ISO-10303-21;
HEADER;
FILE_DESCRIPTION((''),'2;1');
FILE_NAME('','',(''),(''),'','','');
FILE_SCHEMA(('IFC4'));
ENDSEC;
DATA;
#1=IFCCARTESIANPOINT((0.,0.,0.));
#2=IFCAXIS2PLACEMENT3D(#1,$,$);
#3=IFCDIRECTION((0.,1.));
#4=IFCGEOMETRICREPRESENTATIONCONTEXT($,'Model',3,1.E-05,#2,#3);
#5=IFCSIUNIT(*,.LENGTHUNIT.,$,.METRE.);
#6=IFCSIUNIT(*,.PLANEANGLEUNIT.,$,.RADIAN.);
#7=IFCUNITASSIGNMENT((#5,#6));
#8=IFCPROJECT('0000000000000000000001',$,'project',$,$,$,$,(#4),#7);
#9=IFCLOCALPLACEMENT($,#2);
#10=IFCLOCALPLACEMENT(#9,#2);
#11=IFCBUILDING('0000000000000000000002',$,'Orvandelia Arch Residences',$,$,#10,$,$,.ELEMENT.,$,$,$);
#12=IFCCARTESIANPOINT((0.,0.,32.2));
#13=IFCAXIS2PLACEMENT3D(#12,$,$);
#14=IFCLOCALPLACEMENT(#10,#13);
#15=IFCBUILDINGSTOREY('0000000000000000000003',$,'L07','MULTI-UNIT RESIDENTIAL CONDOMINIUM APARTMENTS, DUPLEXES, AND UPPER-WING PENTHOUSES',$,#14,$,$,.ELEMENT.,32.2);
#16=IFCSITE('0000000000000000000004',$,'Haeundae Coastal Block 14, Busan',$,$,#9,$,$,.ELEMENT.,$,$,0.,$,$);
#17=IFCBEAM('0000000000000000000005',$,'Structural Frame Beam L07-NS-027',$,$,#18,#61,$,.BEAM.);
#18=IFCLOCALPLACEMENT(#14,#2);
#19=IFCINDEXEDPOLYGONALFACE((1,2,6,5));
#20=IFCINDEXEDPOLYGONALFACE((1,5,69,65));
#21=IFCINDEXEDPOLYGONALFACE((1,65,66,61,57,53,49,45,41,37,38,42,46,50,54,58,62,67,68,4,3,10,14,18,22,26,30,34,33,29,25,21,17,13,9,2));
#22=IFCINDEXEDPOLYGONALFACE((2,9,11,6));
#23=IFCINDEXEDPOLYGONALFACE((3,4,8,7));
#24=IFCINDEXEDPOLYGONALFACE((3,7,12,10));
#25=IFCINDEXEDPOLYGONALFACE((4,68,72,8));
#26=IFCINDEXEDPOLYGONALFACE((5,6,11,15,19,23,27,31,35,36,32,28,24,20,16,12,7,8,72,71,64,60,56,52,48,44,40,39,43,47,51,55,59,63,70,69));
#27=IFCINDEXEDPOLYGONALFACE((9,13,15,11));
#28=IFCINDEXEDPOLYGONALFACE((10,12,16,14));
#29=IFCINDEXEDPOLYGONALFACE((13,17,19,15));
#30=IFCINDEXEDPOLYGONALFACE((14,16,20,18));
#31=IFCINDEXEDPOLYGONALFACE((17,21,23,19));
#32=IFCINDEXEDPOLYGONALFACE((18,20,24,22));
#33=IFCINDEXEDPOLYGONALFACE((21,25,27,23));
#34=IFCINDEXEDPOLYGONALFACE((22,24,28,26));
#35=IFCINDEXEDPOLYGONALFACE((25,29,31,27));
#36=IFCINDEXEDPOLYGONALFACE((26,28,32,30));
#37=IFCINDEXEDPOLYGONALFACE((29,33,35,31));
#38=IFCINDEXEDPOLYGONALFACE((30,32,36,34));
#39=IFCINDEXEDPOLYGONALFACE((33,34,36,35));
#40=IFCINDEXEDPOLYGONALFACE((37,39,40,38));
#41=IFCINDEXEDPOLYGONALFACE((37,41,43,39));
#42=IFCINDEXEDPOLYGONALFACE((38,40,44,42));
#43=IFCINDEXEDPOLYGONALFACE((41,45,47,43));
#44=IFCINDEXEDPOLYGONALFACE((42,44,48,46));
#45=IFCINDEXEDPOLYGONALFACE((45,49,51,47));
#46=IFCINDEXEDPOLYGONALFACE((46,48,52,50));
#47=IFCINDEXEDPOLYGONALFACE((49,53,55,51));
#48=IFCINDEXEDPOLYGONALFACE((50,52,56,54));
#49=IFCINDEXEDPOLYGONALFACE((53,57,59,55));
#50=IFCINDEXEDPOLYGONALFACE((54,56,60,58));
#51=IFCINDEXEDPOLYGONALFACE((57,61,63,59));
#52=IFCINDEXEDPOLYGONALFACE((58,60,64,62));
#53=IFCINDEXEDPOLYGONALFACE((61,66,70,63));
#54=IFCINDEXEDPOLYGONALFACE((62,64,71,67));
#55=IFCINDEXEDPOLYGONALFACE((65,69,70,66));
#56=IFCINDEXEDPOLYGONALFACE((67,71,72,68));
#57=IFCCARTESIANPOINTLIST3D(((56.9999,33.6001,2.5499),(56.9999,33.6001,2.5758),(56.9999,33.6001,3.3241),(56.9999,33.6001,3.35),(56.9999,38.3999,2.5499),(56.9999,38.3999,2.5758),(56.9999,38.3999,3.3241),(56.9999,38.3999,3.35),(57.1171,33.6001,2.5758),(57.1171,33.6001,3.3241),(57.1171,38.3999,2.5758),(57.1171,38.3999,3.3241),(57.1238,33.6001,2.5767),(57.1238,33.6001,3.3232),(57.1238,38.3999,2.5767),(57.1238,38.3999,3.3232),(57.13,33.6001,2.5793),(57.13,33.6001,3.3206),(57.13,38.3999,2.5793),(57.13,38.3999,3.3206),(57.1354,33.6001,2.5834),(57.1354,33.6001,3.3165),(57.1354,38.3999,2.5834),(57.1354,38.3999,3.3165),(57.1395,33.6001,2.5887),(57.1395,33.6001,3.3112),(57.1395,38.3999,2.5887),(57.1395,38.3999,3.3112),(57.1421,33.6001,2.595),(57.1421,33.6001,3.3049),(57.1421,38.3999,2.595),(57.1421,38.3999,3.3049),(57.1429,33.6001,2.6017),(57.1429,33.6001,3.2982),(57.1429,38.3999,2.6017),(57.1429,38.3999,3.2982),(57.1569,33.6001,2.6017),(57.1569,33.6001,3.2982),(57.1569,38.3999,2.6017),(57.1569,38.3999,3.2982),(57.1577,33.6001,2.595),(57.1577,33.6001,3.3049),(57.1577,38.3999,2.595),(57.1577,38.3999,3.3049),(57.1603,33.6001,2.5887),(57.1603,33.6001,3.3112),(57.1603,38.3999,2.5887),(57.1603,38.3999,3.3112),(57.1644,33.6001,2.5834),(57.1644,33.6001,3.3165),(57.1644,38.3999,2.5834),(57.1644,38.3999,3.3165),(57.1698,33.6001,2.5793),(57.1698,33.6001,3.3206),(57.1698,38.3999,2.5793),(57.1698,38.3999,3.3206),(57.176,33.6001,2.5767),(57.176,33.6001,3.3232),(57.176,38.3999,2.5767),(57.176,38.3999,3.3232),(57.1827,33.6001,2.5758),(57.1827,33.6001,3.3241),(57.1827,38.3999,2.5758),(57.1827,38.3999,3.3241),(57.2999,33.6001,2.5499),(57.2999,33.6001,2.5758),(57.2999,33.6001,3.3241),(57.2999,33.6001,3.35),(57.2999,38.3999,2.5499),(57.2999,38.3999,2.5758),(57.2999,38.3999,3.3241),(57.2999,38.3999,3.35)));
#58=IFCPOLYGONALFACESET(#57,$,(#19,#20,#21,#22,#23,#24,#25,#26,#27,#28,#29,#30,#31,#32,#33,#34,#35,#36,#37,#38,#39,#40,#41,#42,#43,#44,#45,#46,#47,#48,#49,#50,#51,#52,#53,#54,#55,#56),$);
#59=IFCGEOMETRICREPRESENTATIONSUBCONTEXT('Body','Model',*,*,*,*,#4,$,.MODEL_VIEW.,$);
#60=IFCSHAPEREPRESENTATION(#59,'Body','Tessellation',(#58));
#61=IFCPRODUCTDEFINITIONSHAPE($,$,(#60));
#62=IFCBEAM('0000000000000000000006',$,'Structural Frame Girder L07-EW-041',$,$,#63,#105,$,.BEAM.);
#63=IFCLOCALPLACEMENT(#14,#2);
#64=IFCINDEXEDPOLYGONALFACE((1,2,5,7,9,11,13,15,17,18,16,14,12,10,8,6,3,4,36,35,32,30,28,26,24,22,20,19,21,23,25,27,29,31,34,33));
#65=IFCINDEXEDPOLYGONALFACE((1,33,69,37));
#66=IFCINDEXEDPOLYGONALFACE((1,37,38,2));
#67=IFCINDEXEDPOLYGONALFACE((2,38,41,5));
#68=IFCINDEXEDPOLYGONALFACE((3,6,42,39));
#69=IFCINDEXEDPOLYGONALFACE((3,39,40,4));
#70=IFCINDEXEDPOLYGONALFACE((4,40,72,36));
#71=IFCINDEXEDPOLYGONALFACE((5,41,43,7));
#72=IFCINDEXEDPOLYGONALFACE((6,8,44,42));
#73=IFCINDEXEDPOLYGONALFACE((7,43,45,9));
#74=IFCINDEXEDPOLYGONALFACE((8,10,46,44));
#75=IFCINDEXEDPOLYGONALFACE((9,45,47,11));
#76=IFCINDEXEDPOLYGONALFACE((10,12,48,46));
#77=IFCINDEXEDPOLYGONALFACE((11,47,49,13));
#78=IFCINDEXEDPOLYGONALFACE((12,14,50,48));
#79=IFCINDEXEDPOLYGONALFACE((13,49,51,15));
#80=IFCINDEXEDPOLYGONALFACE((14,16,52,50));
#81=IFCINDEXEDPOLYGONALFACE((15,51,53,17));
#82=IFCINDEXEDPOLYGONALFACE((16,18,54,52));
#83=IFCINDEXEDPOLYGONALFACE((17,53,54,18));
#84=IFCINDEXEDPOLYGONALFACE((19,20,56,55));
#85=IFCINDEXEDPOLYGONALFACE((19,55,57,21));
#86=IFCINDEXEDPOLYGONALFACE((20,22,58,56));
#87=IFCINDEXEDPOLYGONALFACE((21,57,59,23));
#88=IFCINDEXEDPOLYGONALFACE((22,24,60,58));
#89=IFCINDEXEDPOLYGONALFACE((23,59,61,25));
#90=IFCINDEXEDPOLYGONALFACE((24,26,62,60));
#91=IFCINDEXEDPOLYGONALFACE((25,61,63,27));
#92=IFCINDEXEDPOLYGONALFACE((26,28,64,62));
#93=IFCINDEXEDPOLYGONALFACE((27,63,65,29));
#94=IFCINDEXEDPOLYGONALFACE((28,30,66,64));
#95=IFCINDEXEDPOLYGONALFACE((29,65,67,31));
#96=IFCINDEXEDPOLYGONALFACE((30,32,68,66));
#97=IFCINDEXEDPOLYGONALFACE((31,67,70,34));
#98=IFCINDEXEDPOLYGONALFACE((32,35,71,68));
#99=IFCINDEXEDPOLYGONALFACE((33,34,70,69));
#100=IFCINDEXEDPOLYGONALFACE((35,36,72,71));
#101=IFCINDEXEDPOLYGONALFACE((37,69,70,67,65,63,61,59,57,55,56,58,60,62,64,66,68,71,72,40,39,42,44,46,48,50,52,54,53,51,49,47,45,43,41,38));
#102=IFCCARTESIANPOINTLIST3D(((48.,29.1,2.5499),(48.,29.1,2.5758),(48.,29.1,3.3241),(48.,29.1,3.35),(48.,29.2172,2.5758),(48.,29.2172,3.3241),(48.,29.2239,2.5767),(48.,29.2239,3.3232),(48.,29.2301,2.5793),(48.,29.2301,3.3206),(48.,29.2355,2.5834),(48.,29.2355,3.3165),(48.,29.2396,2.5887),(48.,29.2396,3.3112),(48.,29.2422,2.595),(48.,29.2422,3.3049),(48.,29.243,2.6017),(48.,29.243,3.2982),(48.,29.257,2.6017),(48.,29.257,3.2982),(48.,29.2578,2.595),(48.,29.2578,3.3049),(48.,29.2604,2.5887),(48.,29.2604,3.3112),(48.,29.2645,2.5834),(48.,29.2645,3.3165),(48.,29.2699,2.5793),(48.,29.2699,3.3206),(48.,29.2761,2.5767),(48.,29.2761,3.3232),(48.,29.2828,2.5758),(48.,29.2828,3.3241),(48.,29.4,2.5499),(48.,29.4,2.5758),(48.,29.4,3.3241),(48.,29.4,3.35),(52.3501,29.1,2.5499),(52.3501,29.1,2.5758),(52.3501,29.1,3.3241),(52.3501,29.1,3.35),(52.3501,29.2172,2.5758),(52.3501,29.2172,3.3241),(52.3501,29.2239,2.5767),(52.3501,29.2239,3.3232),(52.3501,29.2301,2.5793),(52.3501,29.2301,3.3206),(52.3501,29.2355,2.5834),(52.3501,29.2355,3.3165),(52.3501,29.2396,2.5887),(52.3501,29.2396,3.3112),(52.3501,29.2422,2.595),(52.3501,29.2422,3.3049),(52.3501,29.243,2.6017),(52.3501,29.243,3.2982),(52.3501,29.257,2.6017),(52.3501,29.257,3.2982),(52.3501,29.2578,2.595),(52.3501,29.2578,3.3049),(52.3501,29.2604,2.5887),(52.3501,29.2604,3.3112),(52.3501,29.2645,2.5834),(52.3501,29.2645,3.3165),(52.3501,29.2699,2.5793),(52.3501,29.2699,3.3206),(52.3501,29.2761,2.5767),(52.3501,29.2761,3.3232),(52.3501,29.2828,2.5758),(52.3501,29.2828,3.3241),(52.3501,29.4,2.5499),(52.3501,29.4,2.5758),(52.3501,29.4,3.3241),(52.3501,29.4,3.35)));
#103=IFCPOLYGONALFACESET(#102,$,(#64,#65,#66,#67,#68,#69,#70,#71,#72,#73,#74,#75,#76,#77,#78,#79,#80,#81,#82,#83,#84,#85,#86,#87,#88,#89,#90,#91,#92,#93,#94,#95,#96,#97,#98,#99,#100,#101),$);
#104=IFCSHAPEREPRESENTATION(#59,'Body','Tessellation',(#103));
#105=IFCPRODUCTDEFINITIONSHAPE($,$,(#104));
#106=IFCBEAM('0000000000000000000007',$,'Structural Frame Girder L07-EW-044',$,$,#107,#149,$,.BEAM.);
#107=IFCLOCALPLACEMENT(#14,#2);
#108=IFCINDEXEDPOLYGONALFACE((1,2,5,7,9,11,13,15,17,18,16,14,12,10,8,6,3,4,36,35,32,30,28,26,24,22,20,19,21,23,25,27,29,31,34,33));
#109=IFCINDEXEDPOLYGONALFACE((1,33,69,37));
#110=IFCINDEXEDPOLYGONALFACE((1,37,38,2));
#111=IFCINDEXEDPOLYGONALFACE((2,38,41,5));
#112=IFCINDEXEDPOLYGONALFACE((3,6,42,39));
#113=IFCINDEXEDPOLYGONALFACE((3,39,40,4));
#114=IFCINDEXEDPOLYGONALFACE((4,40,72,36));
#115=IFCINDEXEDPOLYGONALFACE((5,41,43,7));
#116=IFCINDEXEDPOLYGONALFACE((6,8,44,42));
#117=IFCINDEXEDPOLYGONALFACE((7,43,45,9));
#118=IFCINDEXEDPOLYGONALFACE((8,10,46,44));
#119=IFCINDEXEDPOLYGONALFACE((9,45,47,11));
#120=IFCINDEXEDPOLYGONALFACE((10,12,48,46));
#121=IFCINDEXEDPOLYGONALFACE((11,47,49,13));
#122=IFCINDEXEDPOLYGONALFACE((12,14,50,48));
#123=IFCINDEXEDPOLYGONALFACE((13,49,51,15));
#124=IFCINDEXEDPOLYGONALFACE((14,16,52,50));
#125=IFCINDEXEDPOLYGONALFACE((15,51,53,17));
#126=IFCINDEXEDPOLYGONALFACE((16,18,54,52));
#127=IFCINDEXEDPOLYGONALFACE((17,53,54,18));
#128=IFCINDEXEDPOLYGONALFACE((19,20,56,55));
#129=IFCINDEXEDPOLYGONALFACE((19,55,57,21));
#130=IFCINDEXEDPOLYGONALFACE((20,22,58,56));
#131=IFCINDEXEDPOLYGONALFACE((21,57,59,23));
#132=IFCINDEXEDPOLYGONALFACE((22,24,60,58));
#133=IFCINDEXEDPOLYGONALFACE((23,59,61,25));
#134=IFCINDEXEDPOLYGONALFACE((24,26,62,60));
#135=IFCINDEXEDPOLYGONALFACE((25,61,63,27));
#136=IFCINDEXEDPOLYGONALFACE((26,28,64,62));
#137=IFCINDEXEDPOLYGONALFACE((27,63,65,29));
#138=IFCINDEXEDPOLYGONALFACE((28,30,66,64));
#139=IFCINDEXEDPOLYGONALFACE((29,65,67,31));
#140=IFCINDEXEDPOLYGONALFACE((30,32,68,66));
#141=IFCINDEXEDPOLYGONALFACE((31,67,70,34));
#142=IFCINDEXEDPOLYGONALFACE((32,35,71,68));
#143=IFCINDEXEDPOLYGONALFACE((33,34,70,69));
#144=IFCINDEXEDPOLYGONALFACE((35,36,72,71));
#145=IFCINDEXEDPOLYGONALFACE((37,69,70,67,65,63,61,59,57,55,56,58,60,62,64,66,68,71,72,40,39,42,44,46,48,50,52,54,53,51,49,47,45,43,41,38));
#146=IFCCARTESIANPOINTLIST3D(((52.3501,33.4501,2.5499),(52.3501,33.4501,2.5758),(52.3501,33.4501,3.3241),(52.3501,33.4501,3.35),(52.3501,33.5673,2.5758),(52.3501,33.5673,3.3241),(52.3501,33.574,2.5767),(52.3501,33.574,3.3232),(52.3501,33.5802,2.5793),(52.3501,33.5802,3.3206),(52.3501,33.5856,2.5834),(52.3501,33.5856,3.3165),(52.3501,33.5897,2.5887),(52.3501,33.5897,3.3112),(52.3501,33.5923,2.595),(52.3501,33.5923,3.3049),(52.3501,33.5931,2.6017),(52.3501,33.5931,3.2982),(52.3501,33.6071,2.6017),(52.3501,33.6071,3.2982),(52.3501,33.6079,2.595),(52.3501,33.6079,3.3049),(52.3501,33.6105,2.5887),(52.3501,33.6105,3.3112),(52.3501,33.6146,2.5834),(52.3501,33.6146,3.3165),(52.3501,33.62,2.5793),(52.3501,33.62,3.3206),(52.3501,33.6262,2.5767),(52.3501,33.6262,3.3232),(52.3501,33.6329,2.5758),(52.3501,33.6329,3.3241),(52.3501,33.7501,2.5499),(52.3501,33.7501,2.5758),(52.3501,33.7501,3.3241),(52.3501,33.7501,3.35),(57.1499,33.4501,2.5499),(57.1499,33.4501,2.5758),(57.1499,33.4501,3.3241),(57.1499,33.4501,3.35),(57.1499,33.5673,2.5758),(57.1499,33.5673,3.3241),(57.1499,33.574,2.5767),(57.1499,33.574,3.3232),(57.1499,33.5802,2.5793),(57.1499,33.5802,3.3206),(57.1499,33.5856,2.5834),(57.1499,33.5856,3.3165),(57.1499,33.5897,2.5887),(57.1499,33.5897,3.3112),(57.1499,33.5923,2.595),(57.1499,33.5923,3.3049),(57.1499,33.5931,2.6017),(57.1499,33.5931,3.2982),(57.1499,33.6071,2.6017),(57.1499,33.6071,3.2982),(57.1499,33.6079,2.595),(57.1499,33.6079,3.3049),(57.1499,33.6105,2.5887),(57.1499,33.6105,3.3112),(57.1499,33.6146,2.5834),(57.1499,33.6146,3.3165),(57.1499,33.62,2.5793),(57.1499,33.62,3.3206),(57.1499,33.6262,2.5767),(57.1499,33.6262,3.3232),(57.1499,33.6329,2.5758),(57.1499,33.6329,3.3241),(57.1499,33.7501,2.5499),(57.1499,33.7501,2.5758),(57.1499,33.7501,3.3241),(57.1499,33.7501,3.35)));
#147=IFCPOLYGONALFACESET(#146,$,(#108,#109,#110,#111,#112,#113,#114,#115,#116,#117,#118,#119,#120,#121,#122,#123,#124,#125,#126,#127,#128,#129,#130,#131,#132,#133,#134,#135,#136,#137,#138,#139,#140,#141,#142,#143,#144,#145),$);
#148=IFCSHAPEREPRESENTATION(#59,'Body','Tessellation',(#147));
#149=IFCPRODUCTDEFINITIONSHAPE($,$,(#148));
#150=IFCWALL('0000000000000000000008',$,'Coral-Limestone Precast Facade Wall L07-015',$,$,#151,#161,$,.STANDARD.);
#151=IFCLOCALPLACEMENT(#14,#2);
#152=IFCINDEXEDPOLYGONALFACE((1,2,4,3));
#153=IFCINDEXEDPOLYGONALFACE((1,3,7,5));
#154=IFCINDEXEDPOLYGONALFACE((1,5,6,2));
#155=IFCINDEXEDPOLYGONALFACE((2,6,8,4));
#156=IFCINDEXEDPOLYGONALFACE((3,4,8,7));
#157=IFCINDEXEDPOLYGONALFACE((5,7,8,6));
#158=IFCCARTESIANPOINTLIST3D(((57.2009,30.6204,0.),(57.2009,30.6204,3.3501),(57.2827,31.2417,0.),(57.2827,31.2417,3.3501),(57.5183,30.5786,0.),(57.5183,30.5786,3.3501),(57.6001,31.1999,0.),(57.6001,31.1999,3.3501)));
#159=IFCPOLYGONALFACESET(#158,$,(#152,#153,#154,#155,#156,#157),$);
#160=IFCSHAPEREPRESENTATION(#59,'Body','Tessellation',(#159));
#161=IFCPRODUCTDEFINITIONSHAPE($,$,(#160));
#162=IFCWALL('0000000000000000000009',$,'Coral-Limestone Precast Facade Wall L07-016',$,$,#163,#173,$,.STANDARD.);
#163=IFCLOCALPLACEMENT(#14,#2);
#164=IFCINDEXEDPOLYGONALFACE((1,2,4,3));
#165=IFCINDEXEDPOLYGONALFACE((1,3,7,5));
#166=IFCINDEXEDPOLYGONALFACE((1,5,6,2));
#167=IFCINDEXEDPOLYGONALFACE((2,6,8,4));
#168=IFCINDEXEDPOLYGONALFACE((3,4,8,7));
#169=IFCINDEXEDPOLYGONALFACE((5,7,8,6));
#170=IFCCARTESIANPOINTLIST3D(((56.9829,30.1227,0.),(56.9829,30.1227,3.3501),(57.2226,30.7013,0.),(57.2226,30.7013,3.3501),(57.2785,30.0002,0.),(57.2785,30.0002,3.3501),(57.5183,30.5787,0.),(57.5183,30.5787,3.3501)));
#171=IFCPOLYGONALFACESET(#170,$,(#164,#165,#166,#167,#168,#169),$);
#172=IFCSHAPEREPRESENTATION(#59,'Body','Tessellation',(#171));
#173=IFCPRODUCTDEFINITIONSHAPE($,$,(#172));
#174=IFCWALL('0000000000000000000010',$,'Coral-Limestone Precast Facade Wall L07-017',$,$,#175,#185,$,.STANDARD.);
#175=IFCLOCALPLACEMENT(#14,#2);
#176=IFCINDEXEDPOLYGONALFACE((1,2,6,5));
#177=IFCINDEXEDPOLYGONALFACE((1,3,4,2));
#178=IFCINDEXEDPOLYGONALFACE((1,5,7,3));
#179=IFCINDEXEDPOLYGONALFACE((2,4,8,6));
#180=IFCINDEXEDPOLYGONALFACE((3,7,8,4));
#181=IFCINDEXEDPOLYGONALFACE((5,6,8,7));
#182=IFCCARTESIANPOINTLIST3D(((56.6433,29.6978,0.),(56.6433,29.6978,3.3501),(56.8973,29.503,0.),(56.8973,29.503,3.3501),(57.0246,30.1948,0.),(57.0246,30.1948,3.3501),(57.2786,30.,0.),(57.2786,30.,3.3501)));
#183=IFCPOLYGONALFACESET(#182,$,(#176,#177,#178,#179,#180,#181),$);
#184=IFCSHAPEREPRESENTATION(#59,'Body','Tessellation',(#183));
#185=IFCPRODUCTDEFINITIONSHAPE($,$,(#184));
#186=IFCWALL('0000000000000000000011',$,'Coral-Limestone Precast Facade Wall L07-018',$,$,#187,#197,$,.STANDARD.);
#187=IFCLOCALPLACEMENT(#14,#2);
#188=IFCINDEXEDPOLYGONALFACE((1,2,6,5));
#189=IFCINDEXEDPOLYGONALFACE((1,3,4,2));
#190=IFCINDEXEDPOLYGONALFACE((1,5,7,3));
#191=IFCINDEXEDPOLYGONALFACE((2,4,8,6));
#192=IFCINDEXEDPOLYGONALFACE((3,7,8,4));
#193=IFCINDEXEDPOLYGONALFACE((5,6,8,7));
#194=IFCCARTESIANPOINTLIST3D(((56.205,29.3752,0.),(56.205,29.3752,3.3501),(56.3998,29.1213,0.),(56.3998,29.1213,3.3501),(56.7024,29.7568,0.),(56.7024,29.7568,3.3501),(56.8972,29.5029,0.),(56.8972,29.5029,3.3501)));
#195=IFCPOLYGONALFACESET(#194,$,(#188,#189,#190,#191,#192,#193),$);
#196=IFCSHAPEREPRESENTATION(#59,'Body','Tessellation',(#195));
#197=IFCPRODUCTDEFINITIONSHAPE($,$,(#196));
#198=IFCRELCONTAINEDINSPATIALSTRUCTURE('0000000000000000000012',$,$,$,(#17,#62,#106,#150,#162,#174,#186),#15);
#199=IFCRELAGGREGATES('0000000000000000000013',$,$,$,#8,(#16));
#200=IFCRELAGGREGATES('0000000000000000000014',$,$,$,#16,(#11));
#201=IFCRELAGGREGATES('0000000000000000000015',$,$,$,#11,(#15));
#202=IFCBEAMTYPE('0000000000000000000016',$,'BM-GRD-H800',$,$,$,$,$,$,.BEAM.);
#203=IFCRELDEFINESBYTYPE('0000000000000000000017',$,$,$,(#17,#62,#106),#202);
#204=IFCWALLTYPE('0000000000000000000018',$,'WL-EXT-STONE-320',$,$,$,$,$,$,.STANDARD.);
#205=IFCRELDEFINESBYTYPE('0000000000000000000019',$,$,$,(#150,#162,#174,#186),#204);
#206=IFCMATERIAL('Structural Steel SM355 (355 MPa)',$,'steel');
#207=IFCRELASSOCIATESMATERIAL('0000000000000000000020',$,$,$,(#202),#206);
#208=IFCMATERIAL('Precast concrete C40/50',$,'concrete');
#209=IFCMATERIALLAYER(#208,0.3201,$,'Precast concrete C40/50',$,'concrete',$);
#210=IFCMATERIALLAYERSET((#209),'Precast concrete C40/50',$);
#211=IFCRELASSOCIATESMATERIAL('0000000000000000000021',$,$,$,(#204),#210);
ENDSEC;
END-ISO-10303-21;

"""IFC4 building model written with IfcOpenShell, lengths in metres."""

from ifc_helpers import new_model, si_unit, direction, frame, frame_2d, origin, origin_2d, place, context, subcontext, project, spatial, rectangle, i_section, extrude, material, layer, layer_set, material_profile, profile_set, type_object, element, save


model = new_model("IFC4")

# Units and contexts
model_context = context("Model", 3, precision=1e-05, world=origin(), true_north=direction((0.0, 1.0)))
body_context = subcontext(model_context, "Body", "Model", "MODEL_VIEW")
ifc_project = project(units=[si_unit("LENGTHUNIT", "METRE"), si_unit("PLANEANGLEUNIT", "RADIAN")], contexts=[model_context])

# Site, building, storey
site_placement = place(None, origin())
site = spatial("IfcSite", under=ifc_project, at=site_placement, Name="Haeundae Coastal Block 14, Busan", CompositionType="ELEMENT", RefElevation=0.0)
building_placement = place(site_placement, origin())
building = spatial("IfcBuilding", under=site, at=building_placement, Name="Orvandelia Arch Residences", CompositionType="ELEMENT")
storey_placement = place(building_placement, frame((0.0, 0.0, 32.2)))
storey = spatial("IfcBuildingStorey", under=building, at=storey_placement, Name="L07", Description="MULTI-UNIT RESIDENTIAL CONDOMINIUM APARTMENTS, DUPLEXES, AND UPPER-WING PENTHOUSES", CompositionType="ELEMENT", Elevation=32.2)

# Beams
ifc_material_1 = material(Name="Structural Steel SM355 (355 MPa)", Category="steel")
ifc_material_profile_1 = material_profile(ifc_material_1, i_section(OverallWidth=0.3, OverallDepth=0.8, WebThickness=0.0139, FlangeThickness=0.0259, FilletRadius=0.0259, at=origin_2d()), Name="Structural Steel SM355 (355 MPa)", Category="steel")
ifc_profile_set_1 = profile_set([ifc_material_profile_1], Name="Structural Steel SM355 (355 MPa)")
beam_type = type_object("IfcBeamType", Name="BM-GRD-H800", PredefinedType="BEAM", material=ifc_profile_set_1)
for number, where, z_axis, x_axis, name in (
    (1, (57.1499, 33.6001, 2.95), (0.0, 1.0, 0.0), (-1.0, 0.0, 0.0), "Structural Frame Beam L07-NS-027"),
):
    element("IfcBeam", number, at=place(storey_placement, frame(where, z_axis=z_axis, x_axis=x_axis)), inside=storey, type_object=beam_type, Name=name, PredefinedType="BEAM", context=body_context, shape_type="SweptSolid", body=[
        extrude(i_section(OverallWidth=0.3, OverallDepth=0.8, WebThickness=0.0139, FlangeThickness=0.0259, FilletRadius=0.0259, at=origin_2d()), origin(), (0.0, 0.0, 1.0), 4.7998),
    ])
beam_1_placement = place(storey_placement, frame((48.0, 29.25, 2.95), z_axis=(1.0, 0.0, 0.0), x_axis=(0.0, 1.0, 0.0)))
element("IfcBeam", 2, at=beam_1_placement, inside=storey, type_object=beam_type, Name="Structural Frame Girder L07-EW-041", PredefinedType="BEAM", context=body_context, shape_type="SweptSolid", body=[
    extrude(i_section(OverallWidth=0.3, OverallDepth=0.8, WebThickness=0.0139, FlangeThickness=0.0259, FilletRadius=0.0259, at=origin_2d()), origin(), (0.0, 0.0, 1.0), 4.3501),
])
beam_2_placement = place(storey_placement, frame((52.3501, 33.6001, 2.95), z_axis=(1.0, 0.0, 0.0), x_axis=(0.0, 1.0, 0.0)))
element("IfcBeam", 3, at=beam_2_placement, inside=storey, type_object=beam_type, Name="Structural Frame Girder L07-EW-044", PredefinedType="BEAM", context=body_context, shape_type="SweptSolid", body=[
    extrude(i_section(OverallWidth=0.3, OverallDepth=0.8, WebThickness=0.0139, FlangeThickness=0.0259, FilletRadius=0.0259, at=origin_2d()), origin(), (0.0, 0.0, 1.0), 4.7998),
])

# Walls
ifc_material_2 = material(Name="Precast concrete C40/50", Category="concrete")
ifc_layer_1 = layer(ifc_material_2, 0.3201, Name="Precast concrete C40/50", Category="concrete")
ifc_layer_set_1 = layer_set([ifc_layer_1], Name="Precast concrete C40/50")
wall_type_1 = type_object("IfcWallType", Name="WL-EXT-STONE-320", PredefinedType="STANDARD", material=ifc_layer_set_1)
wall_1_placement = place(storey_placement, frame((57.4414, 31.2209, 0.0), z_axis=(0.0, 0.0, 1.0), x_axis=(-0.130505, -0.991448, 0.0)))
element("IfcWall", 4, at=wall_1_placement, inside=storey, type_object=wall_type_1, Name="Coral-Limestone Precast Facade Wall L07-015", PredefinedType="STANDARD", context=body_context, shape_type="SweptSolid", body=[
    extrude(rectangle(XDim=0.6267, YDim=0.3201, at=frame_2d((0.3135, 0.0))), origin(), (0.0, 0.0, 1.0), 3.3501),
])
wall_2_placement = place(storey_placement, frame((57.3704, 30.6399, 0.0), z_axis=(0.0, 0.0, 1.0), x_axis=(-0.382788, -0.923836, 0.0)))
element("IfcWall", 5, at=wall_2_placement, inside=storey, type_object=wall_type_1, Name="Coral-Limestone Precast Facade Wall L07-016", PredefinedType="STANDARD", context=body_context, shape_type="SweptSolid", body=[
    extrude(rectangle(XDim=0.6262, YDim=0.3201, at=frame_2d((0.313, 0.0))), origin(), (0.0, 0.0, 1.0), 3.3501),
])
wall_3_placement = place(storey_placement, frame((57.1516, 30.0974, 0.0), z_axis=(0.0, 0.0, 1.0), x_axis=(-0.608693, -0.793406, 0.0)))
element("IfcWall", 6, at=wall_3_placement, inside=storey, type_object=wall_type_1, Name="Coral-Limestone Precast Facade Wall L07-017", PredefinedType="STANDARD", context=body_context, shape_type="SweptSolid", body=[
    extrude(rectangle(XDim=0.6265, YDim=0.3201, at=frame_2d((0.3132, 0.0))), origin(), (0.0, 0.0, 1.0), 3.3501),
])
wall_4_placement = place(storey_placement, frame((56.7998, 29.6299, 0.0), z_axis=(0.0, 0.0, 1.0), x_axis=(-0.793362, -0.60875, 0.0)))
element("IfcWall", 7, at=wall_4_placement, inside=storey, type_object=wall_type_1, Name="Coral-Limestone Precast Facade Wall L07-018", PredefinedType="STANDARD", context=body_context, shape_type="SweptSolid", body=[
    extrude(rectangle(XDim=0.627, YDim=0.3201, at=frame_2d((0.3135, 0.0))), origin(), (0.0, 0.0, 1.0), 3.3501),
])

save(model, "model.ifc")
